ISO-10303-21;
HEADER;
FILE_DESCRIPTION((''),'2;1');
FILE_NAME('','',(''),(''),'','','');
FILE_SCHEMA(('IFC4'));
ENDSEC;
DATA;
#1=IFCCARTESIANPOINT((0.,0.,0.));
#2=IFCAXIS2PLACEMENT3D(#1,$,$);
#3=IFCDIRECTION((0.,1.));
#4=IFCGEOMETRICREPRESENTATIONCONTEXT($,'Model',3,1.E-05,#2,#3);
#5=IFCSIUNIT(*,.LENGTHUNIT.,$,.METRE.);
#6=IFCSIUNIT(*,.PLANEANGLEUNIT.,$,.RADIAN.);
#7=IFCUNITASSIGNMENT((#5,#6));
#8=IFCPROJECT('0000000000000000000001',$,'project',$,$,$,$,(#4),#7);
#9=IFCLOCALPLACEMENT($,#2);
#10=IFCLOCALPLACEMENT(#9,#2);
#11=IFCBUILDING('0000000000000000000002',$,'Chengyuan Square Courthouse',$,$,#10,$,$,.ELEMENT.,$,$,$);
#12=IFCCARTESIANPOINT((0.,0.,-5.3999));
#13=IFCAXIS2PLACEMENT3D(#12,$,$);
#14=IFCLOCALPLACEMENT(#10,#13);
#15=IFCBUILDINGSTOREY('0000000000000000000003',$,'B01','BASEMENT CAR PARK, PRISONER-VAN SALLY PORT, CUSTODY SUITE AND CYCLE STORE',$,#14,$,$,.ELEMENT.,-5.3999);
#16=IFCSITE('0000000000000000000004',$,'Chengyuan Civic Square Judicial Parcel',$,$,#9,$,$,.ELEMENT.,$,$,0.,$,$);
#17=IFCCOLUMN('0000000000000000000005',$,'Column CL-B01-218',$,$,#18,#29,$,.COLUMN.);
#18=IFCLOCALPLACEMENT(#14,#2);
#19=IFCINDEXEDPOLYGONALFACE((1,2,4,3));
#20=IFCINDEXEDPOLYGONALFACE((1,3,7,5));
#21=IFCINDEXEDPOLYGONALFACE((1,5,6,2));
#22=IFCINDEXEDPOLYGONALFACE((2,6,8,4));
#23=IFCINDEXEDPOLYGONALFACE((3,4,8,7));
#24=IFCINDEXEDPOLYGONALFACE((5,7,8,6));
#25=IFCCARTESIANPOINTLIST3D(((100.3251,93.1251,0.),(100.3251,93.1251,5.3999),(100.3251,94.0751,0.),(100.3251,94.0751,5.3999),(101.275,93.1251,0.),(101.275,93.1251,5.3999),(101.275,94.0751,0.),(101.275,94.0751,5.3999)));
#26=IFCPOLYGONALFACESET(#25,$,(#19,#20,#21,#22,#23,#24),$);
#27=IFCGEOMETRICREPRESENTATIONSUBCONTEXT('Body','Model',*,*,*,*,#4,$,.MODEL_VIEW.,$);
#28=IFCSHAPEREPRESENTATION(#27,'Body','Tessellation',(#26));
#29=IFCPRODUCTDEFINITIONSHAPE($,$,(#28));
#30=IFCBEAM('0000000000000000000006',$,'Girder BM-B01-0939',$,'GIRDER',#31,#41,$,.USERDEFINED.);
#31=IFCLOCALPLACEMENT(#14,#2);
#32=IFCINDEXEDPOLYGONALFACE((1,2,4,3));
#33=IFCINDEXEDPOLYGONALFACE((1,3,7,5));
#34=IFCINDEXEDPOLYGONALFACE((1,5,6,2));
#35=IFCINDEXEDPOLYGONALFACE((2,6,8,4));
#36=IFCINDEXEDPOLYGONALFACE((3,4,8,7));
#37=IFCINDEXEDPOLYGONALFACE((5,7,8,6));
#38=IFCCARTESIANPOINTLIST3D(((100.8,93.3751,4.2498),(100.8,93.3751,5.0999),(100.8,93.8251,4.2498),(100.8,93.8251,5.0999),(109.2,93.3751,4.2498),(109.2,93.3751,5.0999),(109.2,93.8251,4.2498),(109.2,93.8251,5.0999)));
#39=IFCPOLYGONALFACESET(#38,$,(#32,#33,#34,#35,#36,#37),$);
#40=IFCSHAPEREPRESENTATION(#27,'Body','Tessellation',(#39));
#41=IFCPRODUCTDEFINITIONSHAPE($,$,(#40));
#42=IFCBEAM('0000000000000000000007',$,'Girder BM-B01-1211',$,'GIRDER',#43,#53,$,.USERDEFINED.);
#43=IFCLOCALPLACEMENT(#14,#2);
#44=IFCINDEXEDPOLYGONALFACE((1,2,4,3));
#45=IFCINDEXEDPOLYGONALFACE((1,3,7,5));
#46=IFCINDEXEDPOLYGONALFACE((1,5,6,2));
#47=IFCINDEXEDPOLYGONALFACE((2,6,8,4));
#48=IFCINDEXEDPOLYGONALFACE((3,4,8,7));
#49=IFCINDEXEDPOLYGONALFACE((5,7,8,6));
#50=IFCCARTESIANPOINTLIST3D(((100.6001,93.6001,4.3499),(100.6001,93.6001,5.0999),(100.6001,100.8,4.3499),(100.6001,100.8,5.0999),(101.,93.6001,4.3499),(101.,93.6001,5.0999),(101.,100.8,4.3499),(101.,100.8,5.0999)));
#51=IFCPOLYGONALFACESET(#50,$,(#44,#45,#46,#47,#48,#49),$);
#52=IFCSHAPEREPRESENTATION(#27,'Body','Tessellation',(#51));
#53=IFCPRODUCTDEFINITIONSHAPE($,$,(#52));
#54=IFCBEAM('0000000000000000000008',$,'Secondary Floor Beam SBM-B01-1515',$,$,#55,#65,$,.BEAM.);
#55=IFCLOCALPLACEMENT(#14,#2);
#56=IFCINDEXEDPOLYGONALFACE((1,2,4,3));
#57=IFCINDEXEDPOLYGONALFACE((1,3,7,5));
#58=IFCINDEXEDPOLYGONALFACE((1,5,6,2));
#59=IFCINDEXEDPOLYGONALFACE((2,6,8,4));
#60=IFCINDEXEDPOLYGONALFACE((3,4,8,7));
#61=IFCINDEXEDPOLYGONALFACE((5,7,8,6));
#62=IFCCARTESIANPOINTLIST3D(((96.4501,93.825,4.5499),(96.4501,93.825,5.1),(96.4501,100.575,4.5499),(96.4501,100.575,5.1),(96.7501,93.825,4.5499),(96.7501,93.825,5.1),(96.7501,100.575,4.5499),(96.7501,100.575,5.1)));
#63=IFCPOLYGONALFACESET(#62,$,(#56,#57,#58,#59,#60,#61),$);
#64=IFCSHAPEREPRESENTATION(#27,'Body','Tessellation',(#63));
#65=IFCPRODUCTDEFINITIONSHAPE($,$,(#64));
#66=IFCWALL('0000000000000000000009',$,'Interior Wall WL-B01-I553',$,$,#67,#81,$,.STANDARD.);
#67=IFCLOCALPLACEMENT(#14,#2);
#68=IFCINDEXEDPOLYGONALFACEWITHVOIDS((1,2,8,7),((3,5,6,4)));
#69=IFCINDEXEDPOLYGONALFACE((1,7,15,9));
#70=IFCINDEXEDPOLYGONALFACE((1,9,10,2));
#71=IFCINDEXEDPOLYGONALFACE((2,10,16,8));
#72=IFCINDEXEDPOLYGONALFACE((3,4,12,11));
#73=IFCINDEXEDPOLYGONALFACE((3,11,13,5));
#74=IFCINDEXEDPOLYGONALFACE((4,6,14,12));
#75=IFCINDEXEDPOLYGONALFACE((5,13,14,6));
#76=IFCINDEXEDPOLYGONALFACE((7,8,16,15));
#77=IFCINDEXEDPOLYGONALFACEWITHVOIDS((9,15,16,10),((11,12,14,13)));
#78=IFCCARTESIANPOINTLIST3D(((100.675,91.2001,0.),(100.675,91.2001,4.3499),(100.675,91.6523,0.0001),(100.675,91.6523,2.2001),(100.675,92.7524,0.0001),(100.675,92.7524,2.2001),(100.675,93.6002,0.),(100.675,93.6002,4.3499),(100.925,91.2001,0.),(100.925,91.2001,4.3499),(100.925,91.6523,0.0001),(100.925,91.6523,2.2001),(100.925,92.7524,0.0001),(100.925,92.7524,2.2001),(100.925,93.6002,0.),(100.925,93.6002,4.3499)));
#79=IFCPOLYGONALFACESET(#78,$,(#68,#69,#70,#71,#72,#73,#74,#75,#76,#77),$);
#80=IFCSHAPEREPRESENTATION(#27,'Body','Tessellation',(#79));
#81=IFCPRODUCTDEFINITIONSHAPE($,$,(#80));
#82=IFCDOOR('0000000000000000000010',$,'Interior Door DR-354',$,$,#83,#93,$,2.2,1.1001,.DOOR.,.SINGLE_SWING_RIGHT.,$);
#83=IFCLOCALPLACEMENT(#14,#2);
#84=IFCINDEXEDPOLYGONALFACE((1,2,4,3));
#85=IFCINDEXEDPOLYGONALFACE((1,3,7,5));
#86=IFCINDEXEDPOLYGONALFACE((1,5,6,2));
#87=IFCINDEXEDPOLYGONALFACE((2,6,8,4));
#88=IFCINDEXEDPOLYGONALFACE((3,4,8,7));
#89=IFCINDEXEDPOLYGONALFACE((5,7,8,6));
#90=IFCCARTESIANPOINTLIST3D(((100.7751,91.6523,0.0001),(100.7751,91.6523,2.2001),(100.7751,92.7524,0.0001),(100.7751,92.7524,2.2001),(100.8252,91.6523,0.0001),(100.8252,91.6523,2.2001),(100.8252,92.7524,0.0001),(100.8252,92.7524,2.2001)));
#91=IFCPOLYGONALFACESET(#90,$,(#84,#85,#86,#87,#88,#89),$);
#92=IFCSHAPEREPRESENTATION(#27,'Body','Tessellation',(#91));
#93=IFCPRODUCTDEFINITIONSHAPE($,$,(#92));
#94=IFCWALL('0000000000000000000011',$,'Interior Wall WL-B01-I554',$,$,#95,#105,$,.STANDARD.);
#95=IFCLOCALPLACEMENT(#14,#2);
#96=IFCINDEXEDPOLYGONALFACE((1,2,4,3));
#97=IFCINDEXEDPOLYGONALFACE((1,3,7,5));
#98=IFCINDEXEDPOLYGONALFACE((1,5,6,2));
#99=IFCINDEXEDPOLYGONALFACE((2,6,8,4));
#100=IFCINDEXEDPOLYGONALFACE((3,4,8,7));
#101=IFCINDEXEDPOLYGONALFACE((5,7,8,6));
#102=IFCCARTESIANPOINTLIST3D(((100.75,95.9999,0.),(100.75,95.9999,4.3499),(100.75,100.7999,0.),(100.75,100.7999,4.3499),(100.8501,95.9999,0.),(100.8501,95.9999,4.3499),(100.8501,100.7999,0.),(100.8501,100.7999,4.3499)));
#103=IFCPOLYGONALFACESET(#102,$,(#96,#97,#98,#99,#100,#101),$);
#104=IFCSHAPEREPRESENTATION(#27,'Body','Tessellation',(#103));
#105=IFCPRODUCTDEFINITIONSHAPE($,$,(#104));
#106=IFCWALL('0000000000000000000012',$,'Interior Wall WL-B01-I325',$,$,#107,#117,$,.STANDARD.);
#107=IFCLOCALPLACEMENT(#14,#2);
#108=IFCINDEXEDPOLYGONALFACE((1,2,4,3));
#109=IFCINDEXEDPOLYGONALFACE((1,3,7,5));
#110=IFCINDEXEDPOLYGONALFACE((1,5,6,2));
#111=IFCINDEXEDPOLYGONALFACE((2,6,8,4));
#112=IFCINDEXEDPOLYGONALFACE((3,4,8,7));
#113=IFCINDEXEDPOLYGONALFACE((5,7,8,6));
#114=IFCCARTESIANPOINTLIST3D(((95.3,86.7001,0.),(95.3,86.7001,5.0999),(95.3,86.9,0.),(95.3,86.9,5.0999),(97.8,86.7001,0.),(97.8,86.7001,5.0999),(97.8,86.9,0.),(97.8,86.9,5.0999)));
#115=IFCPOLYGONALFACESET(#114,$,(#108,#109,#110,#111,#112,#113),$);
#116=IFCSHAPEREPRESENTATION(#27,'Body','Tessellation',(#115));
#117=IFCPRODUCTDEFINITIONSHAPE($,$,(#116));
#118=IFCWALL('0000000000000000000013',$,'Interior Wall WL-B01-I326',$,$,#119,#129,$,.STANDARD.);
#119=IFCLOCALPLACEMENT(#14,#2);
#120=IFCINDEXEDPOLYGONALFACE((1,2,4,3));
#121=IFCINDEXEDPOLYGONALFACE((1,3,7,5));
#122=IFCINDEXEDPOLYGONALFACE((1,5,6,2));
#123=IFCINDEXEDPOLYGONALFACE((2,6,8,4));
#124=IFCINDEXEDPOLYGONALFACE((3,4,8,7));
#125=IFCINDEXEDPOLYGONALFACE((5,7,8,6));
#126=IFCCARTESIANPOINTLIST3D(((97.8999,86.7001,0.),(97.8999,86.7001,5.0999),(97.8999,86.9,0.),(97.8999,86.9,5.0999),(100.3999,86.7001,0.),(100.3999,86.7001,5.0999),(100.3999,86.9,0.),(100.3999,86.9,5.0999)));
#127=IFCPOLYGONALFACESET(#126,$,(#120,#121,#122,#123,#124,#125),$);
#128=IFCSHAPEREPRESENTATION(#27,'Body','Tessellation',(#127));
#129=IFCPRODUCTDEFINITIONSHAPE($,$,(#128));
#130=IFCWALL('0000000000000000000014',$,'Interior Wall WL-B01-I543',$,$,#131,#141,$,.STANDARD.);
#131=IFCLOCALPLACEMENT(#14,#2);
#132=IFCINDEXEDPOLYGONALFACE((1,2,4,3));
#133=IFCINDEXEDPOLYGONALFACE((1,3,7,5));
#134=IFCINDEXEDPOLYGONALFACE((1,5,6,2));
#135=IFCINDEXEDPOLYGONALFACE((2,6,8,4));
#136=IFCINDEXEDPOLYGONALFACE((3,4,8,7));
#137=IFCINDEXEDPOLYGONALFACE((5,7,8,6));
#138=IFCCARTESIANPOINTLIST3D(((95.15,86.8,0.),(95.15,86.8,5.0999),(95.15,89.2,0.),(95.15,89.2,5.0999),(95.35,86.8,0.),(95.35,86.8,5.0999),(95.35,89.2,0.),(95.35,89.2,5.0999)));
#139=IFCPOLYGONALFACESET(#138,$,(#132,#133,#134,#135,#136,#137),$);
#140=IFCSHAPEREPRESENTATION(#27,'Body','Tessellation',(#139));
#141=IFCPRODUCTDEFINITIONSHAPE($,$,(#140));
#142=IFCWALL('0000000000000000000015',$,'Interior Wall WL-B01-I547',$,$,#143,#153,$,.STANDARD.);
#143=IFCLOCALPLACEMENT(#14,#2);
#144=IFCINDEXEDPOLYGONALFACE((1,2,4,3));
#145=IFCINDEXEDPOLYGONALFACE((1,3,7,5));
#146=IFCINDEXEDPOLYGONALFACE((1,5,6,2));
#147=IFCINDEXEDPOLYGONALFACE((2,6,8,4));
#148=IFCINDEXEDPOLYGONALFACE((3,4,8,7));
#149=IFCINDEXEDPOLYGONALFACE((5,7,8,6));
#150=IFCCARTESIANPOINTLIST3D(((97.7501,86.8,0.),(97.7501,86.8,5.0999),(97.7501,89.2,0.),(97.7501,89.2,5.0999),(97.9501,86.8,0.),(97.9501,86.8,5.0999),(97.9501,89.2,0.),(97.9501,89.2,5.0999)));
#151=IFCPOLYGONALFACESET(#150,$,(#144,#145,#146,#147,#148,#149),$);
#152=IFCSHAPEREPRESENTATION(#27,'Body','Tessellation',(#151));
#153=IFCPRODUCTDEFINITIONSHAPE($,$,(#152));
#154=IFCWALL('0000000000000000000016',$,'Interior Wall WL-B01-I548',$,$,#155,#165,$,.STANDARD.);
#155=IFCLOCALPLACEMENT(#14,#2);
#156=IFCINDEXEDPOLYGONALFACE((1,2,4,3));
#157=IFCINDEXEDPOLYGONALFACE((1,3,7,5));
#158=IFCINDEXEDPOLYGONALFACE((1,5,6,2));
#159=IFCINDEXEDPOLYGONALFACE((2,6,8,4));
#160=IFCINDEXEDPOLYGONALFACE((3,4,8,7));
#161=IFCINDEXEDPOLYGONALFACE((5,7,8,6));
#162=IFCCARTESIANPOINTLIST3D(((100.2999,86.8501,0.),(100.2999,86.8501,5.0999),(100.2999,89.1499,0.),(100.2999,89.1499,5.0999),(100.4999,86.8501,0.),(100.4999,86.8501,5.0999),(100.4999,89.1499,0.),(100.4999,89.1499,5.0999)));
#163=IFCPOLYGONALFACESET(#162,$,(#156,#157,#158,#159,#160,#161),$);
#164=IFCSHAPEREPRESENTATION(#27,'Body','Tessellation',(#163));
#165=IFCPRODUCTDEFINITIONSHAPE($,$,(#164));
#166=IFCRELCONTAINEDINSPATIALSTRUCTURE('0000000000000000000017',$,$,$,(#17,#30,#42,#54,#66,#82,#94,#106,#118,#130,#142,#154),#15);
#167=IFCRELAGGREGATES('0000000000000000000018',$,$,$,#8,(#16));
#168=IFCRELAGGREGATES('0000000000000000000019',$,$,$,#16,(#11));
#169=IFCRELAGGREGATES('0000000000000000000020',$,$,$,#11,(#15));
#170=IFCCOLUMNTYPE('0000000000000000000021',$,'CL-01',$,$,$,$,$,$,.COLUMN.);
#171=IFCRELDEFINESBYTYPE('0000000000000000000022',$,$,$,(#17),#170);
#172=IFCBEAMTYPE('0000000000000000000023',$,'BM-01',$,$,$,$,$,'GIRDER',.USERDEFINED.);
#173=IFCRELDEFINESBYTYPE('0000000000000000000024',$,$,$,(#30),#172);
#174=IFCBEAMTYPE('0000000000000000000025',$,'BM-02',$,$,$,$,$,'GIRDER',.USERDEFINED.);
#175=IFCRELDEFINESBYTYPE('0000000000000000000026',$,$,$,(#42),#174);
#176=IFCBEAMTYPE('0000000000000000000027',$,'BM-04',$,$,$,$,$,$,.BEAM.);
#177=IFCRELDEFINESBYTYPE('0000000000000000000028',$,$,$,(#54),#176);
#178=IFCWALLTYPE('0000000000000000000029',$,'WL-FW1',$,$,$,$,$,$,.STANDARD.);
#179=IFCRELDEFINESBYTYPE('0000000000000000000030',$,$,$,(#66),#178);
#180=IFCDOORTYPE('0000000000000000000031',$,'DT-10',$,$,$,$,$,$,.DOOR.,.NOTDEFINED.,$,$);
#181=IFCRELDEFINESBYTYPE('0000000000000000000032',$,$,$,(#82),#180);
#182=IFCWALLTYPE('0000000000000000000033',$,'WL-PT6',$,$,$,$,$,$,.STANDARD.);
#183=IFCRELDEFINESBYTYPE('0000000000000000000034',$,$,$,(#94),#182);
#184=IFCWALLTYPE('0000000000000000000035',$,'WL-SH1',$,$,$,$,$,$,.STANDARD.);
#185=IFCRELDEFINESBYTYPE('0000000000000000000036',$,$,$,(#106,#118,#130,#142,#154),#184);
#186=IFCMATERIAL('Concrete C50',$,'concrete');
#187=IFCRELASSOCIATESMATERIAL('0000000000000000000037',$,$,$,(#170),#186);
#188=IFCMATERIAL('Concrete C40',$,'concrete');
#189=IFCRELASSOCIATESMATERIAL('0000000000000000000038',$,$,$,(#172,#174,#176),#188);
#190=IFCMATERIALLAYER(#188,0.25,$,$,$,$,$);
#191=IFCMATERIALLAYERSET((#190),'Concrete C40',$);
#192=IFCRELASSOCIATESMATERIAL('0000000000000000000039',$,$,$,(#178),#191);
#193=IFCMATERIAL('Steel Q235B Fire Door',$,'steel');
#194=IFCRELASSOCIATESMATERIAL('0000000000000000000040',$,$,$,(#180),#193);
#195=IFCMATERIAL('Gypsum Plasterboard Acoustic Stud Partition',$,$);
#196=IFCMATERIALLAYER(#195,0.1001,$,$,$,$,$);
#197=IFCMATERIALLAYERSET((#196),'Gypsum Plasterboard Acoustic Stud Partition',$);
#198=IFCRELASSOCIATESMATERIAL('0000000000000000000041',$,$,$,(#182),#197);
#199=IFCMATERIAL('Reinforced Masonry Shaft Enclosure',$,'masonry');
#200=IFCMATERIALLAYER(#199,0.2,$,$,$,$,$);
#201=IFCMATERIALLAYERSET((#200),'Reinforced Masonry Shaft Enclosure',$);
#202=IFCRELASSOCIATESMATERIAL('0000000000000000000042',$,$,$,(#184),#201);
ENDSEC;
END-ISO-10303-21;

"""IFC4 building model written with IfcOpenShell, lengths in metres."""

from ifc_helpers import new_model, si_unit, direction, frame, frame_2d, origin, origin_2d, place, context, subcontext, project, spatial, rectangle, extrude, material, layer, layer_set, material_profile, profile_set, type_object, element, fill, save


model = new_model("IFC4")

# Units and contexts
model_context = context("Model", 3, precision=1e-05, world=origin(), true_north=direction((0.0, 1.0)))
body_context = subcontext(model_context, "Body", "Model", "MODEL_VIEW")
ifc_project = project(units=[si_unit("LENGTHUNIT", "METRE"), si_unit("PLANEANGLEUNIT", "RADIAN")], contexts=[model_context])

# Site, building, storey
site_placement = place(None, origin())
site = spatial("IfcSite", under=ifc_project, at=site_placement, Name="Chengyuan Civic Square Judicial Parcel", CompositionType="ELEMENT", RefElevation=0.0)
building_placement = place(site_placement, origin())
building = spatial("IfcBuilding", under=site, at=building_placement, Name="Chengyuan Square Courthouse", CompositionType="ELEMENT")
storey_placement = place(building_placement, frame((0.0, 0.0, -5.3999)))
storey = spatial("IfcBuildingStorey", under=building, at=storey_placement, Name="B01", Description="BASEMENT CAR PARK, PRISONER-VAN SALLY PORT, CUSTODY SUITE AND CYCLE STORE", CompositionType="ELEMENT", Elevation=-5.3999)

# Column
ifc_material_1 = material(Name="Concrete C50", Category="concrete")
ifc_material_profile_1 = material_profile(ifc_material_1, rectangle(XDim=0.95, YDim=0.95, at=origin_2d()), Name="RC-COL-950x950")
ifc_profile_set_1 = profile_set([ifc_material_profile_1], Name="Concrete C50")
column_type = type_object("IfcColumnType", Name="CL-01", PredefinedType="COLUMN", material=ifc_profile_set_1)
column_placement = place(storey_placement, frame((100.8, 93.6001, 0.0), z_axis=(0.0, 0.0, 1.0), x_axis=(1.0, 0.0, 0.0)))
element("IfcColumn", 1, at=column_placement, inside=storey, type_object=column_type, Name="Column CL-B01-218", PredefinedType="COLUMN", context=body_context, shape_type="SweptSolid", body=[
    extrude(rectangle(XDim=0.95, YDim=0.95, at=origin_2d()), origin(), (0.0, 0.0, 1.0), 5.3999),
])

# Beams
ifc_material_2 = material(Name="Concrete C40", Category="concrete")
ifc_material_profile_2 = material_profile(ifc_material_2, rectangle(XDim=0.45, YDim=0.8501, at=origin_2d()), Name="RC-BM-450x850")
ifc_profile_set_2 = profile_set([ifc_material_profile_2], Name="Concrete C40")
beam_type_1 = type_object("IfcBeamType", Name="BM-01", ElementType="GIRDER", PredefinedType="USERDEFINED", material=ifc_profile_set_2)
beam_1_placement = place(storey_placement, frame((100.8, 93.6001, 4.6748), z_axis=(1.0, 0.0, 0.0), x_axis=(0.0, 1.0, 0.0)))
element("IfcBeam", 2, at=beam_1_placement, inside=storey, type_object=beam_type_1, Name="Girder BM-B01-0939", ObjectType="GIRDER", PredefinedType="USERDEFINED", context=body_context, shape_type="SweptSolid", body=[
    extrude(rectangle(XDim=0.45, YDim=0.8501, at=origin_2d()), origin(), (0.0, 0.0, 1.0), 8.3999),
])
ifc_material_profile_3 = material_profile(ifc_material_2, rectangle(XDim=0.3999, YDim=0.75, at=origin_2d()), Name="RC-BM-400x750")
ifc_profile_set_3 = profile_set([ifc_material_profile_3], Name="Concrete C40")
beam_type_2 = type_object("IfcBeamType", Name="BM-02", ElementType="GIRDER", PredefinedType="USERDEFINED", material=ifc_profile_set_3)
beam_2_placement = place(storey_placement, frame((100.8, 93.6001, 4.7249), z_axis=(0.0, 1.0, 0.0), x_axis=(-1.0, 0.0, 0.0)))
element("IfcBeam", 3, at=beam_2_placement, inside=storey, type_object=beam_type_2, Name="Girder BM-B01-1211", ObjectType="GIRDER", PredefinedType="USERDEFINED", context=body_context, shape_type="SweptSolid", body=[
    extrude(rectangle(XDim=0.3999, YDim=0.75, at=origin_2d()), origin(), (0.0, 0.0, 1.0), 7.2),
])
ifc_material_profile_4 = material_profile(ifc_material_2, rectangle(XDim=0.3, YDim=0.55, at=origin_2d()), Name="RC-BM-300x550")
ifc_profile_set_4 = profile_set([ifc_material_profile_4], Name="Concrete C40")
beam_type_3 = type_object("IfcBeamType", Name="BM-04", PredefinedType="BEAM", material=ifc_profile_set_4)
beam_3_placement = place(storey_placement, frame((96.6001, 93.825, 4.825), z_axis=(0.0, 1.0, 0.0), x_axis=(-1.0, 0.0, 0.0)))
element("IfcBeam", 4, at=beam_3_placement, inside=storey, type_object=beam_type_3, Name="Secondary Floor Beam SBM-B01-1515", PredefinedType="BEAM", context=body_context, shape_type="SweptSolid", body=[
    extrude(rectangle(XDim=0.3, YDim=0.55, at=origin_2d()), origin(), (0.0, 0.0, 1.0), 6.75),
])

# Wall, opening, door
ifc_layer_1 = layer(ifc_material_2, 0.25)
ifc_layer_set_1 = layer_set([ifc_layer_1], Name="Concrete C40")
wall_type_1 = type_object("IfcWallType", Name="WL-FW1", PredefinedType="STANDARD", material=ifc_layer_set_1)
wall_1_placement = place(storey_placement, frame((100.8, 91.2, 0.0), z_axis=(0.0, 0.0, 1.0), x_axis=(0.0, 1.0, 0.0)))
wall_1 = element("IfcWall", 5, at=wall_1_placement, inside=storey, type_object=wall_type_1, Name="Interior Wall WL-B01-I553", PredefinedType="STANDARD", context=body_context, shape_type="SweptSolid", body=[
    extrude(rectangle(XDim=2.4001, YDim=0.25, at=frame_2d((1.2002, 0.0))), origin(), (0.0, 0.0, 1.0), 4.3499),
])
opening_1_placement = place(wall_1_placement, frame((0.4524, 0.0, 0.0)))
opening_1 = element("IfcOpeningElement", 6, at=opening_1_placement, cuts=wall_1, PredefinedType="OPENING", context=body_context, shape_type="SweptSolid", body=[
    extrude(rectangle(XDim=1.1001, YDim=2.2, at=frame_2d((0.55, 1.1001))), frame((0.0, 0.137, 0.0), z_axis=(0.0, -1.0, 0.0), x_axis=(1.0, 0.0, 0.0)), (0.0, 0.0, 1.0), 0.2739),
])
ifc_material_3 = material(Name="Steel Q235B Fire Door", Category="steel")
door_type_1 = type_object("IfcDoorType", Name="DT-10", OperationType="NOTDEFINED", PredefinedType="DOOR", material=ifc_material_3)
door_1_placement = place(opening_1_placement, origin())
door_1 = element("IfcDoor", 7, at=door_1_placement, inside=storey, type_object=door_type_1, Name="Interior Door DR-354", OperationType="SINGLE_SWING_RIGHT", OverallHeight=2.2, OverallWidth=1.1001, PredefinedType="DOOR", context=body_context, shape_type="SweptSolid", body=[
    extrude(rectangle(XDim=1.1001, YDim=2.2, at=frame_2d((0.55, 1.1001))), frame((0.0, 0.0249, 0.0), z_axis=(0.0, -1.0, 0.0), x_axis=(1.0, 0.0, 0.0)), (0.0, 0.0, 1.0), 0.05),
])
fill(opening_1, door_1)

# Walls
ifc_material_4 = material(Name="Gypsum Plasterboard Acoustic Stud Partition")
ifc_layer_2 = layer(ifc_material_4, 0.1001)
ifc_layer_set_2 = layer_set([ifc_layer_2], Name="Gypsum Plasterboard Acoustic Stud Partition")
wall_type_2 = type_object("IfcWallType", Name="WL-PT6", PredefinedType="STANDARD", material=ifc_layer_set_2)
wall_2_placement = place(storey_placement, frame((100.8, 96.0, 0.0), z_axis=(0.0, 0.0, 1.0), x_axis=(0.0, 1.0, 0.0)))
element("IfcWall", 8, at=wall_2_placement, inside=storey, type_object=wall_type_2, Name="Interior Wall WL-B01-I554", PredefinedType="STANDARD", context=body_context, shape_type="SweptSolid", body=[
    extrude(rectangle(XDim=4.8, YDim=0.1001, at=frame_2d((2.3999, 0.0))), origin(), (0.0, 0.0, 1.0), 4.3499),
])
ifc_material_5 = material(Name="Reinforced Masonry Shaft Enclosure", Category="masonry")
ifc_layer_3 = layer(ifc_material_5, 0.2)
ifc_layer_set_3 = layer_set([ifc_layer_3], Name="Reinforced Masonry Shaft Enclosure")
wall_type_3 = type_object("IfcWallType", Name="WL-SH1", PredefinedType="STANDARD", material=ifc_layer_set_3)
for number, where, z_axis, x_axis, name in (
    (9, (95.3, 86.8, 0.0), (0.0, 0.0, 1.0), (1.0, 0.0, 0.0), "Interior Wall WL-B01-I325"),
    (10, (97.8999, 86.8, 0.0), (0.0, 0.0, 1.0), (1.0, 0.0, 0.0), "Interior Wall WL-B01-I326"),
):
    element("IfcWall", number, at=place(storey_placement, frame(where, z_axis=z_axis, x_axis=x_axis)), inside=storey, type_object=wall_type_3, Name=name, PredefinedType="STANDARD", context=body_context, shape_type="SweptSolid", body=[
        extrude(rectangle(XDim=2.5, YDim=0.2, at=frame_2d((1.25, 0.0))), origin(), (0.0, 0.0, 1.0), 5.0999),
    ])
for number, where, z_axis, x_axis, name in (
    (11, (95.25, 86.8, 0.0), (0.0, 0.0, 1.0), (0.0, 1.0, 0.0), "Interior Wall WL-B01-I543"),
    (12, (97.8501, 86.8, 0.0), (0.0, 0.0, 1.0), (0.0, 1.0, 0.0), "Interior Wall WL-B01-I547"),
):
    element("IfcWall", number, at=place(storey_placement, frame(where, z_axis=z_axis, x_axis=x_axis)), inside=storey, type_object=wall_type_3, Name=name, PredefinedType="STANDARD", context=body_context, shape_type="SweptSolid", body=[
        extrude(rectangle(XDim=2.3999, YDim=0.2, at=frame_2d((1.2, 0.0))), origin(), (0.0, 0.0, 1.0), 5.0999),
    ])
wall_3_placement = place(storey_placement, frame((100.3999, 86.8501, 0.0), z_axis=(0.0, 0.0, 1.0), x_axis=(0.0, 1.0, 0.0)))
element("IfcWall", 13, at=wall_3_placement, inside=storey, type_object=wall_type_3, Name="Interior Wall WL-B01-I548", PredefinedType="STANDARD", context=body_context, shape_type="SweptSolid", body=[
    extrude(rectangle(XDim=2.2998, YDim=0.2, at=frame_2d((1.1499, 0.0))), origin(), (0.0, 0.0, 1.0), 5.0999),
])

save(model, "model.ifc")
